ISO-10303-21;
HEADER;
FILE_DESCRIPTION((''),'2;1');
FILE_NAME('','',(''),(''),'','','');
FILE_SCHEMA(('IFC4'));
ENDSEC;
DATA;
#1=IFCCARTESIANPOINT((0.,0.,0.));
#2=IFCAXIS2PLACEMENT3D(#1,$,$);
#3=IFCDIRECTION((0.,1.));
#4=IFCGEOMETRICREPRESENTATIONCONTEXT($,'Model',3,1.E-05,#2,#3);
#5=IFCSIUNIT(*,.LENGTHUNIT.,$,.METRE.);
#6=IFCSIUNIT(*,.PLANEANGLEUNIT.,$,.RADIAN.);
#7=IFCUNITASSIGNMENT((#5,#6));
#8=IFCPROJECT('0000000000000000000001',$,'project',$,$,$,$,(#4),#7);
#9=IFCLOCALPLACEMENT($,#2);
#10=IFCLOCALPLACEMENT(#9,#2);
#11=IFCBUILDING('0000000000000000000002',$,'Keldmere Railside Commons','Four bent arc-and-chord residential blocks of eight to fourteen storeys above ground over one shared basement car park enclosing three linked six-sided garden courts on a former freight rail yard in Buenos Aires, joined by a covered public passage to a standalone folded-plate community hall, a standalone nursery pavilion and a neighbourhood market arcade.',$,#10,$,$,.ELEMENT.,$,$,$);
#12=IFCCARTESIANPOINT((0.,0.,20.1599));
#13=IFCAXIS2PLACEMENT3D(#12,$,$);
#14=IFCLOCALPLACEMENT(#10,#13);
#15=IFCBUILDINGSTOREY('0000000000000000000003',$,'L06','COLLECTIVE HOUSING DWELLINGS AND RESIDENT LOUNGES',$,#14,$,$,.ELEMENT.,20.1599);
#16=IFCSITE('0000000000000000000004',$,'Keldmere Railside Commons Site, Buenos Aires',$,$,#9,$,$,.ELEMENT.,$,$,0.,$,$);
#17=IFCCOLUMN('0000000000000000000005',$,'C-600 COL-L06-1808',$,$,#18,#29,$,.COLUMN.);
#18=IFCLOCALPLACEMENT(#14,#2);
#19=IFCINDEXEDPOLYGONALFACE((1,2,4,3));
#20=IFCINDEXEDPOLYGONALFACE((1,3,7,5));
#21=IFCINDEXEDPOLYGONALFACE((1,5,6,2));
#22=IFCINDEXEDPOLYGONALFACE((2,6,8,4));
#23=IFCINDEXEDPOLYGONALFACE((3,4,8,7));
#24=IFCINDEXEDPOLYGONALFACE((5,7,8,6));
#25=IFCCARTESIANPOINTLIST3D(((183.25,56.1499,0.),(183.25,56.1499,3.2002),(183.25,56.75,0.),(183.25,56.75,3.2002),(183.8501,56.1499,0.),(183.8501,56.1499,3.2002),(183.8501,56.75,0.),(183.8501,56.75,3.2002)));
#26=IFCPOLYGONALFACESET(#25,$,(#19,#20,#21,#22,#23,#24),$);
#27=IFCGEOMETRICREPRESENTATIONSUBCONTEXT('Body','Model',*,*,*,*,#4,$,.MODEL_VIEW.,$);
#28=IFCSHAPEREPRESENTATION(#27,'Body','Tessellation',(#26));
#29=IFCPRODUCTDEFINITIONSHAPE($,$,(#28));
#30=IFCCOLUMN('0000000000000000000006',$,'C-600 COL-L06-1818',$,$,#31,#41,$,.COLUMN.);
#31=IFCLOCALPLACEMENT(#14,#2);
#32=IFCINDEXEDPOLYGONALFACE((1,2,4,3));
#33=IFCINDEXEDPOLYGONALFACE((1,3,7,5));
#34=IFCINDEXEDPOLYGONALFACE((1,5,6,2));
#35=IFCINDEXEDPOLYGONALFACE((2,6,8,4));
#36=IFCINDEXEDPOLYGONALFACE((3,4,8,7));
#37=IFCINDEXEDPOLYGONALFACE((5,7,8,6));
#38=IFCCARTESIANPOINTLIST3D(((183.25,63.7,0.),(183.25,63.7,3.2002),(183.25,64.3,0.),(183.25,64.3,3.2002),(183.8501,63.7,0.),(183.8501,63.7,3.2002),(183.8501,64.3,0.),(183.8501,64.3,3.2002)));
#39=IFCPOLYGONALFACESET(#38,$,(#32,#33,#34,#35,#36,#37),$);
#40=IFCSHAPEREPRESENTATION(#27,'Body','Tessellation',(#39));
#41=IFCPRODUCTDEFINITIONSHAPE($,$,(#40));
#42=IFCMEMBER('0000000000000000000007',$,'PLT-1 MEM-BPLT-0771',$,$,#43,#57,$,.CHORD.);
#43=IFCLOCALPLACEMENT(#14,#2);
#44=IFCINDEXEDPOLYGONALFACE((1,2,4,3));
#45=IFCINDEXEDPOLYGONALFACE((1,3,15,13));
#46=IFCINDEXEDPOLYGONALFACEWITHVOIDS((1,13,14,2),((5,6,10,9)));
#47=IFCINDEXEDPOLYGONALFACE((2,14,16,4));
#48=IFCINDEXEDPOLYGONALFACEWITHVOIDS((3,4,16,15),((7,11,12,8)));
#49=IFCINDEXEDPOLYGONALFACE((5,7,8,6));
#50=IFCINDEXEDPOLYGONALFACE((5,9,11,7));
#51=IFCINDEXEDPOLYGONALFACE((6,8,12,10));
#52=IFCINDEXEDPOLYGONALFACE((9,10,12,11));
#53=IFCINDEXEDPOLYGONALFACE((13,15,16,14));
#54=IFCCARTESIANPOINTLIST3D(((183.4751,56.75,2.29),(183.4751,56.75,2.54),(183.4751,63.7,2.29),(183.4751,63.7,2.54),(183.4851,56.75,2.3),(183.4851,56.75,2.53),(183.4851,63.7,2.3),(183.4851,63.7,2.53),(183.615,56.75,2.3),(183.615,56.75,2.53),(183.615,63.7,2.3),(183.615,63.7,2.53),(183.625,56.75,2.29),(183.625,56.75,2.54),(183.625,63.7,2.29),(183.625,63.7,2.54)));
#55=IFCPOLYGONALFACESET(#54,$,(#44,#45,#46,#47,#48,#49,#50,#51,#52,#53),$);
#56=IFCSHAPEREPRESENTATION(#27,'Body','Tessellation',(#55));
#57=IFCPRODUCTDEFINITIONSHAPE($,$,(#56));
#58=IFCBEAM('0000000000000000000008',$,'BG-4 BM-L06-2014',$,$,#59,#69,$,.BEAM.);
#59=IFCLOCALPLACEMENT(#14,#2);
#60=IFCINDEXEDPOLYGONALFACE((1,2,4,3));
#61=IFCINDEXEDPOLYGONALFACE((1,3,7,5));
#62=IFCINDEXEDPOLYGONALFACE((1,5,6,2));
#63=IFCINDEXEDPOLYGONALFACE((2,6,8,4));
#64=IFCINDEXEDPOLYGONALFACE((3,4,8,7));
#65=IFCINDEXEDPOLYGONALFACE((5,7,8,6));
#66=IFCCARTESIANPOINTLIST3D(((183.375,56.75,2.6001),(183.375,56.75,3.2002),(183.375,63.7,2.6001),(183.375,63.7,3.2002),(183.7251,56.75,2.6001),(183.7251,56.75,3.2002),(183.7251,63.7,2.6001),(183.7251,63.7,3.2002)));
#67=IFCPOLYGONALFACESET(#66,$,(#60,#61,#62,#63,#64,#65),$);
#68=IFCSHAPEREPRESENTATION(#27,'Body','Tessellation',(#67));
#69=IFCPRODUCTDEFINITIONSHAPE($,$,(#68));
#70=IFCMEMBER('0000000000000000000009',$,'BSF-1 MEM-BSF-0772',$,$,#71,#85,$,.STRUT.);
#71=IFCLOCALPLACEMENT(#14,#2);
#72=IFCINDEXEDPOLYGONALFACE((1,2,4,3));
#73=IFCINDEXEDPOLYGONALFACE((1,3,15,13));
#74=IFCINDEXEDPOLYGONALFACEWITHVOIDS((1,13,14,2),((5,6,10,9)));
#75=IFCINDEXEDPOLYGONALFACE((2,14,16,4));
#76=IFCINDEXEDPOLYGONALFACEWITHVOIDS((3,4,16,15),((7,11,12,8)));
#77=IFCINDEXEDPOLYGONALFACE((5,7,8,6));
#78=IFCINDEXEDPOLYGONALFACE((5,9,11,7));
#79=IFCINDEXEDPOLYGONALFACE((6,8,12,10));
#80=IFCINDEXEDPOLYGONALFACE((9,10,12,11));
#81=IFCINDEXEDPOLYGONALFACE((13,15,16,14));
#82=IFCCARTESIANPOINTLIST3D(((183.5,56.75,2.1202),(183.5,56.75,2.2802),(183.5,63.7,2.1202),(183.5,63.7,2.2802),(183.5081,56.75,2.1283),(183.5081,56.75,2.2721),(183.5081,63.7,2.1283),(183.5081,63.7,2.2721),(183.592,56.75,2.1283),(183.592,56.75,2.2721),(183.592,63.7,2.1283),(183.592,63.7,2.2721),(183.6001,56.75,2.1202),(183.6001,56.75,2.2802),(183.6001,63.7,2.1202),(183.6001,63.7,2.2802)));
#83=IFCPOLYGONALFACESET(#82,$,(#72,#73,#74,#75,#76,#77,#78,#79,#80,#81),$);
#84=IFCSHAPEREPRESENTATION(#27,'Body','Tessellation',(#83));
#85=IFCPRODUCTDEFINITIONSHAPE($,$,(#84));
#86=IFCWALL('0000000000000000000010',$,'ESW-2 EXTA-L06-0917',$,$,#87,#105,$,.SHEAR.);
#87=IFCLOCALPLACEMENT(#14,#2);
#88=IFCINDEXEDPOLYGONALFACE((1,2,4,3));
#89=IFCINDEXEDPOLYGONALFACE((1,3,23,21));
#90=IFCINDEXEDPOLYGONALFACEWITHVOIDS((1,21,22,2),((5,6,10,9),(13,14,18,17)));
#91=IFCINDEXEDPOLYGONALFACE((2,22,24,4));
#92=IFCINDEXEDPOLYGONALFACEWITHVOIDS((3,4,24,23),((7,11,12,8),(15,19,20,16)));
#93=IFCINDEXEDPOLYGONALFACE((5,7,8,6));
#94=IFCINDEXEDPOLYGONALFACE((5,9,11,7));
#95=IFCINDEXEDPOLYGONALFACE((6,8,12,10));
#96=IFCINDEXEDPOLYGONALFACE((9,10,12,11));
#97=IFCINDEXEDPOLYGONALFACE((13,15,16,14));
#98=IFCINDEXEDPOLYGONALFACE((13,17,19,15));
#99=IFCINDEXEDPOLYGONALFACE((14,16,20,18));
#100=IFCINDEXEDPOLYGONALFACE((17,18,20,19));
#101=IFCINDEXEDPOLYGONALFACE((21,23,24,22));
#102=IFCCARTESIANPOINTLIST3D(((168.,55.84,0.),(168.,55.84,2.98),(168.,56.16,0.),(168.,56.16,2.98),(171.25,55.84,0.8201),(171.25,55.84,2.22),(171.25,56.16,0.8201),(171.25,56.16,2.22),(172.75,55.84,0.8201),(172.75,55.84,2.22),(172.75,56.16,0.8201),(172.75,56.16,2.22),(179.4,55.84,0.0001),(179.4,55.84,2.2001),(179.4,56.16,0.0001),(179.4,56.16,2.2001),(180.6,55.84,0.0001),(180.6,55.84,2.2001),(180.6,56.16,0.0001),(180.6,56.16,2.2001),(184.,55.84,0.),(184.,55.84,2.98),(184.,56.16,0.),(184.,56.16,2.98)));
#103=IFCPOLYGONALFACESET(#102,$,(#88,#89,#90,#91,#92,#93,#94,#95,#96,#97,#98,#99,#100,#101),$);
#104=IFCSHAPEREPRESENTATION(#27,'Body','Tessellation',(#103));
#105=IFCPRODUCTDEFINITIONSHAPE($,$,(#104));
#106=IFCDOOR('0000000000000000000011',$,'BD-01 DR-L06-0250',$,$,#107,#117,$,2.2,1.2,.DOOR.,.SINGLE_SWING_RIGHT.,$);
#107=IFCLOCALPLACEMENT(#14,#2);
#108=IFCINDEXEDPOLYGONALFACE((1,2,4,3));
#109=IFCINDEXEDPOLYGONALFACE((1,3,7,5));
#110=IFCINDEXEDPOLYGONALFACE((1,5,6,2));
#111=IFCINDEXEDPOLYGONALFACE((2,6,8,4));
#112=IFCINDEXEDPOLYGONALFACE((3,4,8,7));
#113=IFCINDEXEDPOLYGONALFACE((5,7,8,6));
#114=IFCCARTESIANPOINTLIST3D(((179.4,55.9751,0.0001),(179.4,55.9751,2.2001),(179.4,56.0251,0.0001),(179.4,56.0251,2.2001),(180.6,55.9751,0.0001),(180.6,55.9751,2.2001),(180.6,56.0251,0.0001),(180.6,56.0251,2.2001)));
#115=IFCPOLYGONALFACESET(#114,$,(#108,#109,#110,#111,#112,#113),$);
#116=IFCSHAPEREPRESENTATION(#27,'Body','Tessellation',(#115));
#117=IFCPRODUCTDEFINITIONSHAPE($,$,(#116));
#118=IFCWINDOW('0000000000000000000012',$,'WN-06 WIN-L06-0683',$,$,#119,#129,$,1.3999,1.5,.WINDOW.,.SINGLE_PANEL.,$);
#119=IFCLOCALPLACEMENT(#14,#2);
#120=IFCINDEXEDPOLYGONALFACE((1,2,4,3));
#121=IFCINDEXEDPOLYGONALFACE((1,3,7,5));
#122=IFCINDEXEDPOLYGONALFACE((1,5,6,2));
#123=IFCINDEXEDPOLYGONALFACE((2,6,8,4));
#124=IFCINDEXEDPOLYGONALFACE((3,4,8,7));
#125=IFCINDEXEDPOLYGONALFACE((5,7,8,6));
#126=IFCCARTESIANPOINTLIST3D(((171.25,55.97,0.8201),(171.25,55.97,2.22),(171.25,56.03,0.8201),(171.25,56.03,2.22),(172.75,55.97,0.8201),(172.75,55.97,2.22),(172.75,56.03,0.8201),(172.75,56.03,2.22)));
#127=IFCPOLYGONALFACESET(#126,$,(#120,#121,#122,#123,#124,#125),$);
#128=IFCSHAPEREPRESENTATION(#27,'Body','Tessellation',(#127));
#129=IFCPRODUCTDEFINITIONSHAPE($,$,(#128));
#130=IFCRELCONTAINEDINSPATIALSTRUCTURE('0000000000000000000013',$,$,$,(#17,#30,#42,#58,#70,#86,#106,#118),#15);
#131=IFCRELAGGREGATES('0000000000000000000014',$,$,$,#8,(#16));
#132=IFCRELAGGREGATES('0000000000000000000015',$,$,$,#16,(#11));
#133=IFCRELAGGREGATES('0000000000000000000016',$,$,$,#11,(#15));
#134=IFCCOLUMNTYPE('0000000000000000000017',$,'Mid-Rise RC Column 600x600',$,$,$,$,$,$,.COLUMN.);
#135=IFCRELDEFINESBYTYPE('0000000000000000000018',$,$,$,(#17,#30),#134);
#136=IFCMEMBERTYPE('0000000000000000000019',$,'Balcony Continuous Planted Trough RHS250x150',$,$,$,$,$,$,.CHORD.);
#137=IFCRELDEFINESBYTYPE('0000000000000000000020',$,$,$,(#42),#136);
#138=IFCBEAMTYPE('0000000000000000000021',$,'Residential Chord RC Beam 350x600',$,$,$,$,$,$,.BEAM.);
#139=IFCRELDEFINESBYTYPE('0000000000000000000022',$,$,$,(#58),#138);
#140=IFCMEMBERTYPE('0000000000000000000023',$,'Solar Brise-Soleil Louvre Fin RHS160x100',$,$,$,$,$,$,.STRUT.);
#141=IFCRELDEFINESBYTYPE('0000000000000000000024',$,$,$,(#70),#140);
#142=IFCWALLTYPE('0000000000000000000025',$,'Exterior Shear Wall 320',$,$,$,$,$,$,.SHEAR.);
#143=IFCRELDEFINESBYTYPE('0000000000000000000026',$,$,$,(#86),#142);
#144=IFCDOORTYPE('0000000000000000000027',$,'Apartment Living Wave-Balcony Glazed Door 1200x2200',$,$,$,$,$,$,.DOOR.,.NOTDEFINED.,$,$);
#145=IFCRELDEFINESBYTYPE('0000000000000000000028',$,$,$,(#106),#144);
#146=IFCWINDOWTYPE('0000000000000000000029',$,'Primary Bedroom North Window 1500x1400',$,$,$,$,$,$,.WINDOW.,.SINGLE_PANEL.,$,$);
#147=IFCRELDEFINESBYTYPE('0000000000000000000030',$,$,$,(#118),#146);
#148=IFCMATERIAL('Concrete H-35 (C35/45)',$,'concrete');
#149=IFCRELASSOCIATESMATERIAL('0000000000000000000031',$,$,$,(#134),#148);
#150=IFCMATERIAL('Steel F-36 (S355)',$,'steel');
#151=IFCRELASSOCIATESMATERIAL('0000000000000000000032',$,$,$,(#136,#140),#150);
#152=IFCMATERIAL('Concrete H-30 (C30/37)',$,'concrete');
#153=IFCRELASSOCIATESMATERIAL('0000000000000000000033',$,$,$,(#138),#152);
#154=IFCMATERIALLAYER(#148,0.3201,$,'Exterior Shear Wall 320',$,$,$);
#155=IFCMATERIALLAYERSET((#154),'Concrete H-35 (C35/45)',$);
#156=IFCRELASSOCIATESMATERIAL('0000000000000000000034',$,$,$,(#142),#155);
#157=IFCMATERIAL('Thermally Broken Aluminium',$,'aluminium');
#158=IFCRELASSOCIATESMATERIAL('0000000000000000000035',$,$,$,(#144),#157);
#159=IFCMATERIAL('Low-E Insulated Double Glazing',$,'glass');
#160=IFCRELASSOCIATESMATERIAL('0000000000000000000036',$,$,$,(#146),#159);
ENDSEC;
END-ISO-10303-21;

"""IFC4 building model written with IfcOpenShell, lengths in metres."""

from ifc_helpers import new_model, si_unit, direction, frame, frame_2d, origin, origin_2d, place, context, subcontext, project, spatial, rectangle, hollow_rectangle, extrude, material, layer, layer_set, material_profile, profile_set, type_object, element, fill, save


model = new_model("IFC4")

# Units and contexts
model_context = context("Model", 3, precision=1e-05, world=origin(), true_north=direction((0.0, 1.0)))
body_context = subcontext(model_context, "Body", "Model", "MODEL_VIEW")
ifc_project = project(units=[si_unit("LENGTHUNIT", "METRE"), si_unit("PLANEANGLEUNIT", "RADIAN")], contexts=[model_context])

# Site, building, storey
site_placement = place(None, origin())
site = spatial("IfcSite", under=ifc_project, at=site_placement, Name="Keldmere Railside Commons Site, Buenos Aires", CompositionType="ELEMENT", RefElevation=0.0)
building_placement = place(site_placement, origin())
building = spatial("IfcBuilding", under=site, at=building_placement, Name="Keldmere Railside Commons", Description="Four bent arc-and-chord residential blocks of eight to fourteen storeys above ground over one shared basement car park enclosing three linked six-sided garden courts on a former freight rail yard in Buenos Aires, joined by a covered public passage to a standalone folded-plate community hall, a standalone nursery pavilion and a neighbourhood market arcade.", CompositionType="ELEMENT")
storey_placement = place(building_placement, frame((0.0, 0.0, 20.1599)))
storey = spatial("IfcBuildingStorey", under=building, at=storey_placement, Name="L06", Description="COLLECTIVE HOUSING DWELLINGS AND RESIDENT LOUNGES", CompositionType="ELEMENT", Elevation=20.1599)

# Columns
ifc_material_1 = material(Name="Concrete H-35 (C35/45)", Category="concrete")
ifc_material_profile_1 = material_profile(ifc_material_1, rectangle(XDim=0.6001, YDim=0.6001, at=origin_2d()), Name="RC-600x600")
ifc_profile_set_1 = profile_set([ifc_material_profile_1], Name="Concrete H-35 (C35/45)")
column_type = type_object("IfcColumnType", Name="Mid-Rise RC Column 600x600", PredefinedType="COLUMN", material=ifc_profile_set_1)
for number, where, z_axis, x_axis, name in (
    (1, (183.55, 56.45, 0.0), (0.0, 0.0, 1.0), (1.0, 0.0, 0.0), "C-600 COL-L06-1808"),
    (2, (183.55, 64.0, 0.0), (0.0, 0.0, 1.0), (1.0, 0.0, 0.0), "C-600 COL-L06-1818"),
):
    element("IfcColumn", number, at=place(storey_placement, frame(where, z_axis=z_axis, x_axis=x_axis)), inside=storey, type_object=column_type, Name=name, PredefinedType="COLUMN", context=body_context, shape_type="SweptSolid", body=[
        extrude(rectangle(XDim=0.6001, YDim=0.6001, at=origin_2d()), origin(), (0.0, 0.0, 1.0), 3.2002),
    ])

# Member
ifc_material_2 = material(Name="Steel F-36 (S355)", Category="steel")
ifc_material_profile_2 = material_profile(ifc_material_2, hollow_rectangle(XDim=0.1499, YDim=0.25, WallThickness=0.01, at=origin_2d()), Name="RHS-250x150x10")
ifc_profile_set_2 = profile_set([ifc_material_profile_2], Name="Steel F-36 (S355)")
member_type_1 = type_object("IfcMemberType", Name="Balcony Continuous Planted Trough RHS250x150", PredefinedType="CHORD", material=ifc_profile_set_2)
member_1_placement = place(storey_placement, frame((183.55, 56.75, 2.415), z_axis=(0.0, 1.0, 0.0), x_axis=(-1.0, 0.0, 0.0)))
element("IfcMember", 3, at=member_1_placement, inside=storey, type_object=member_type_1, Name="PLT-1 MEM-BPLT-0771", PredefinedType="CHORD", context=body_context, shape_type="SweptSolid", body=[
    extrude(hollow_rectangle(XDim=0.1499, YDim=0.25, WallThickness=0.01, at=origin_2d()), origin(), (0.0, 0.0, 1.0), 6.95),
])

# Beam
ifc_material_3 = material(Name="Concrete H-30 (C30/37)", Category="concrete")
ifc_material_profile_3 = material_profile(ifc_material_3, rectangle(XDim=0.3501, YDim=0.6001, at=origin_2d()), Name="RC-350x600")
ifc_profile_set_3 = profile_set([ifc_material_profile_3], Name="Concrete H-30 (C30/37)")
beam_type = type_object("IfcBeamType", Name="Residential Chord RC Beam 350x600", PredefinedType="BEAM", material=ifc_profile_set_3)
beam_placement = place(storey_placement, frame((183.55, 56.75, 2.9001), z_axis=(0.0, 1.0, 0.0), x_axis=(-1.0, 0.0, 0.0)))
element("IfcBeam", 4, at=beam_placement, inside=storey, type_object=beam_type, Name="BG-4 BM-L06-2014", PredefinedType="BEAM", context=body_context, shape_type="SweptSolid", body=[
    extrude(rectangle(XDim=0.3501, YDim=0.6001, at=origin_2d()), origin(), (0.0, 0.0, 1.0), 6.95),
])

# Member
ifc_material_profile_4 = material_profile(ifc_material_2, hollow_rectangle(XDim=0.1001, YDim=0.1599, WallThickness=0.0081, at=origin_2d()), Name="RHS-160x100x8")
ifc_profile_set_4 = profile_set([ifc_material_profile_4], Name="Steel F-36 (S355)")
member_type_2 = type_object("IfcMemberType", Name="Solar Brise-Soleil Louvre Fin RHS160x100", PredefinedType="STRUT", material=ifc_profile_set_4)
member_2_placement = place(storey_placement, frame((183.55, 56.75, 2.2002), z_axis=(0.0, 1.0, 0.0), x_axis=(-1.0, 0.0, 0.0)))
element("IfcMember", 5, at=member_2_placement, inside=storey, type_object=member_type_2, Name="BSF-1 MEM-BSF-0772", PredefinedType="STRUT", context=body_context, shape_type="SweptSolid", body=[
    extrude(hollow_rectangle(XDim=0.1001, YDim=0.1599, WallThickness=0.0081, at=origin_2d()), origin(), (0.0, 0.0, 1.0), 6.95),
])

# Wall, openings, door, window
ifc_layer = layer(ifc_material_1, 0.3201, Name="Exterior Shear Wall 320")
ifc_layer_set = layer_set([ifc_layer], Name="Concrete H-35 (C35/45)")
wall_type = type_object("IfcWallType", Name="Exterior Shear Wall 320", PredefinedType="SHEAR", material=ifc_layer_set)
wall_placement = place(storey_placement, frame((184.0, 56.0, 0.0), z_axis=(0.0, 0.0, 1.0), x_axis=(-1.0, 0.0, 0.0)))
wall = element("IfcWall", 6, at=wall_placement, inside=storey, type_object=wall_type, Name="ESW-2 EXTA-L06-0917", PredefinedType="SHEAR", context=body_context, shape_type="SweptSolid", body=[
    extrude(rectangle(XDim=16.0, YDim=0.3201, at=frame_2d((8.0, 0.0))), origin(), (0.0, 0.0, 1.0), 2.98),
])
opening_1_placement = place(wall_placement, frame((3.3999, 0.0, 0.0)))
opening_1 = element("IfcOpeningElement", 7, at=opening_1_placement, cuts=wall, PredefinedType="OPENING", context=body_context, shape_type="SweptSolid", body=[
    extrude(rectangle(XDim=1.2, YDim=2.2, at=frame_2d((0.6001, 1.1001))), frame((0.0, 0.1699, 0.0), z_axis=(0.0, -1.0, 0.0), x_axis=(1.0, 0.0, 0.0)), (0.0, 0.0, 1.0), 0.3401),
])
opening_2_placement = place(wall_placement, frame((11.25, 0.0, 0.8201)))
opening_2 = element("IfcOpeningElement", 8, at=opening_2_placement, cuts=wall, PredefinedType="OPENING", context=body_context, shape_type="SweptSolid", body=[
    extrude(rectangle(XDim=1.5, YDim=1.3999, at=frame_2d((0.75, 0.7))), frame((0.0, 0.1699, 0.0), z_axis=(0.0, -1.0, 0.0), x_axis=(1.0, 0.0, 0.0)), (0.0, 0.0, 1.0), 0.3401),
])
ifc_material_4 = material(Name="Thermally Broken Aluminium", Category="aluminium")
door_type = type_object("IfcDoorType", Name="Apartment Living Wave-Balcony Glazed Door 1200x2200", OperationType="NOTDEFINED", PredefinedType="DOOR", material=ifc_material_4)
door_placement = place(opening_1_placement, origin())
door = element("IfcDoor", 9, at=door_placement, inside=storey, type_object=door_type, Name="BD-01 DR-L06-0250", OperationType="SINGLE_SWING_RIGHT", OverallHeight=2.2, OverallWidth=1.2, PredefinedType="DOOR", context=body_context, shape_type="SweptSolid", body=[
    extrude(rectangle(XDim=1.2, YDim=2.2, at=frame_2d((0.6001, 1.1001))), frame((0.0, 0.0249, 0.0), z_axis=(0.0, -1.0, 0.0), x_axis=(1.0, 0.0, 0.0)), (0.0, 0.0, 1.0), 0.05),
])
fill(opening_1, door)
ifc_material_5 = material(Name="Low-E Insulated Double Glazing", Category="glass")
window_type = type_object("IfcWindowType", Name="Primary Bedroom North Window 1500x1400", PartitioningType="SINGLE_PANEL", PredefinedType="WINDOW", material=ifc_material_5)
window_placement = place(opening_2_placement, origin())
window = element("IfcWindow", 10, at=window_placement, inside=storey, type_object=window_type, Name="WN-06 WIN-L06-0683", OverallHeight=1.3999, OverallWidth=1.5, PartitioningType="SINGLE_PANEL", PredefinedType="WINDOW", context=body_context, shape_type="SweptSolid", body=[
    extrude(rectangle(XDim=1.5, YDim=1.3999, at=frame_2d((0.75, 0.7))), frame((0.0, 0.03, 0.0), z_axis=(0.0, -1.0, 0.0), x_axis=(1.0, 0.0, 0.0)), (0.0, 0.0, 1.0), 0.0601),
])
fill(opening_2, window)

save(model, "model.ifc")
